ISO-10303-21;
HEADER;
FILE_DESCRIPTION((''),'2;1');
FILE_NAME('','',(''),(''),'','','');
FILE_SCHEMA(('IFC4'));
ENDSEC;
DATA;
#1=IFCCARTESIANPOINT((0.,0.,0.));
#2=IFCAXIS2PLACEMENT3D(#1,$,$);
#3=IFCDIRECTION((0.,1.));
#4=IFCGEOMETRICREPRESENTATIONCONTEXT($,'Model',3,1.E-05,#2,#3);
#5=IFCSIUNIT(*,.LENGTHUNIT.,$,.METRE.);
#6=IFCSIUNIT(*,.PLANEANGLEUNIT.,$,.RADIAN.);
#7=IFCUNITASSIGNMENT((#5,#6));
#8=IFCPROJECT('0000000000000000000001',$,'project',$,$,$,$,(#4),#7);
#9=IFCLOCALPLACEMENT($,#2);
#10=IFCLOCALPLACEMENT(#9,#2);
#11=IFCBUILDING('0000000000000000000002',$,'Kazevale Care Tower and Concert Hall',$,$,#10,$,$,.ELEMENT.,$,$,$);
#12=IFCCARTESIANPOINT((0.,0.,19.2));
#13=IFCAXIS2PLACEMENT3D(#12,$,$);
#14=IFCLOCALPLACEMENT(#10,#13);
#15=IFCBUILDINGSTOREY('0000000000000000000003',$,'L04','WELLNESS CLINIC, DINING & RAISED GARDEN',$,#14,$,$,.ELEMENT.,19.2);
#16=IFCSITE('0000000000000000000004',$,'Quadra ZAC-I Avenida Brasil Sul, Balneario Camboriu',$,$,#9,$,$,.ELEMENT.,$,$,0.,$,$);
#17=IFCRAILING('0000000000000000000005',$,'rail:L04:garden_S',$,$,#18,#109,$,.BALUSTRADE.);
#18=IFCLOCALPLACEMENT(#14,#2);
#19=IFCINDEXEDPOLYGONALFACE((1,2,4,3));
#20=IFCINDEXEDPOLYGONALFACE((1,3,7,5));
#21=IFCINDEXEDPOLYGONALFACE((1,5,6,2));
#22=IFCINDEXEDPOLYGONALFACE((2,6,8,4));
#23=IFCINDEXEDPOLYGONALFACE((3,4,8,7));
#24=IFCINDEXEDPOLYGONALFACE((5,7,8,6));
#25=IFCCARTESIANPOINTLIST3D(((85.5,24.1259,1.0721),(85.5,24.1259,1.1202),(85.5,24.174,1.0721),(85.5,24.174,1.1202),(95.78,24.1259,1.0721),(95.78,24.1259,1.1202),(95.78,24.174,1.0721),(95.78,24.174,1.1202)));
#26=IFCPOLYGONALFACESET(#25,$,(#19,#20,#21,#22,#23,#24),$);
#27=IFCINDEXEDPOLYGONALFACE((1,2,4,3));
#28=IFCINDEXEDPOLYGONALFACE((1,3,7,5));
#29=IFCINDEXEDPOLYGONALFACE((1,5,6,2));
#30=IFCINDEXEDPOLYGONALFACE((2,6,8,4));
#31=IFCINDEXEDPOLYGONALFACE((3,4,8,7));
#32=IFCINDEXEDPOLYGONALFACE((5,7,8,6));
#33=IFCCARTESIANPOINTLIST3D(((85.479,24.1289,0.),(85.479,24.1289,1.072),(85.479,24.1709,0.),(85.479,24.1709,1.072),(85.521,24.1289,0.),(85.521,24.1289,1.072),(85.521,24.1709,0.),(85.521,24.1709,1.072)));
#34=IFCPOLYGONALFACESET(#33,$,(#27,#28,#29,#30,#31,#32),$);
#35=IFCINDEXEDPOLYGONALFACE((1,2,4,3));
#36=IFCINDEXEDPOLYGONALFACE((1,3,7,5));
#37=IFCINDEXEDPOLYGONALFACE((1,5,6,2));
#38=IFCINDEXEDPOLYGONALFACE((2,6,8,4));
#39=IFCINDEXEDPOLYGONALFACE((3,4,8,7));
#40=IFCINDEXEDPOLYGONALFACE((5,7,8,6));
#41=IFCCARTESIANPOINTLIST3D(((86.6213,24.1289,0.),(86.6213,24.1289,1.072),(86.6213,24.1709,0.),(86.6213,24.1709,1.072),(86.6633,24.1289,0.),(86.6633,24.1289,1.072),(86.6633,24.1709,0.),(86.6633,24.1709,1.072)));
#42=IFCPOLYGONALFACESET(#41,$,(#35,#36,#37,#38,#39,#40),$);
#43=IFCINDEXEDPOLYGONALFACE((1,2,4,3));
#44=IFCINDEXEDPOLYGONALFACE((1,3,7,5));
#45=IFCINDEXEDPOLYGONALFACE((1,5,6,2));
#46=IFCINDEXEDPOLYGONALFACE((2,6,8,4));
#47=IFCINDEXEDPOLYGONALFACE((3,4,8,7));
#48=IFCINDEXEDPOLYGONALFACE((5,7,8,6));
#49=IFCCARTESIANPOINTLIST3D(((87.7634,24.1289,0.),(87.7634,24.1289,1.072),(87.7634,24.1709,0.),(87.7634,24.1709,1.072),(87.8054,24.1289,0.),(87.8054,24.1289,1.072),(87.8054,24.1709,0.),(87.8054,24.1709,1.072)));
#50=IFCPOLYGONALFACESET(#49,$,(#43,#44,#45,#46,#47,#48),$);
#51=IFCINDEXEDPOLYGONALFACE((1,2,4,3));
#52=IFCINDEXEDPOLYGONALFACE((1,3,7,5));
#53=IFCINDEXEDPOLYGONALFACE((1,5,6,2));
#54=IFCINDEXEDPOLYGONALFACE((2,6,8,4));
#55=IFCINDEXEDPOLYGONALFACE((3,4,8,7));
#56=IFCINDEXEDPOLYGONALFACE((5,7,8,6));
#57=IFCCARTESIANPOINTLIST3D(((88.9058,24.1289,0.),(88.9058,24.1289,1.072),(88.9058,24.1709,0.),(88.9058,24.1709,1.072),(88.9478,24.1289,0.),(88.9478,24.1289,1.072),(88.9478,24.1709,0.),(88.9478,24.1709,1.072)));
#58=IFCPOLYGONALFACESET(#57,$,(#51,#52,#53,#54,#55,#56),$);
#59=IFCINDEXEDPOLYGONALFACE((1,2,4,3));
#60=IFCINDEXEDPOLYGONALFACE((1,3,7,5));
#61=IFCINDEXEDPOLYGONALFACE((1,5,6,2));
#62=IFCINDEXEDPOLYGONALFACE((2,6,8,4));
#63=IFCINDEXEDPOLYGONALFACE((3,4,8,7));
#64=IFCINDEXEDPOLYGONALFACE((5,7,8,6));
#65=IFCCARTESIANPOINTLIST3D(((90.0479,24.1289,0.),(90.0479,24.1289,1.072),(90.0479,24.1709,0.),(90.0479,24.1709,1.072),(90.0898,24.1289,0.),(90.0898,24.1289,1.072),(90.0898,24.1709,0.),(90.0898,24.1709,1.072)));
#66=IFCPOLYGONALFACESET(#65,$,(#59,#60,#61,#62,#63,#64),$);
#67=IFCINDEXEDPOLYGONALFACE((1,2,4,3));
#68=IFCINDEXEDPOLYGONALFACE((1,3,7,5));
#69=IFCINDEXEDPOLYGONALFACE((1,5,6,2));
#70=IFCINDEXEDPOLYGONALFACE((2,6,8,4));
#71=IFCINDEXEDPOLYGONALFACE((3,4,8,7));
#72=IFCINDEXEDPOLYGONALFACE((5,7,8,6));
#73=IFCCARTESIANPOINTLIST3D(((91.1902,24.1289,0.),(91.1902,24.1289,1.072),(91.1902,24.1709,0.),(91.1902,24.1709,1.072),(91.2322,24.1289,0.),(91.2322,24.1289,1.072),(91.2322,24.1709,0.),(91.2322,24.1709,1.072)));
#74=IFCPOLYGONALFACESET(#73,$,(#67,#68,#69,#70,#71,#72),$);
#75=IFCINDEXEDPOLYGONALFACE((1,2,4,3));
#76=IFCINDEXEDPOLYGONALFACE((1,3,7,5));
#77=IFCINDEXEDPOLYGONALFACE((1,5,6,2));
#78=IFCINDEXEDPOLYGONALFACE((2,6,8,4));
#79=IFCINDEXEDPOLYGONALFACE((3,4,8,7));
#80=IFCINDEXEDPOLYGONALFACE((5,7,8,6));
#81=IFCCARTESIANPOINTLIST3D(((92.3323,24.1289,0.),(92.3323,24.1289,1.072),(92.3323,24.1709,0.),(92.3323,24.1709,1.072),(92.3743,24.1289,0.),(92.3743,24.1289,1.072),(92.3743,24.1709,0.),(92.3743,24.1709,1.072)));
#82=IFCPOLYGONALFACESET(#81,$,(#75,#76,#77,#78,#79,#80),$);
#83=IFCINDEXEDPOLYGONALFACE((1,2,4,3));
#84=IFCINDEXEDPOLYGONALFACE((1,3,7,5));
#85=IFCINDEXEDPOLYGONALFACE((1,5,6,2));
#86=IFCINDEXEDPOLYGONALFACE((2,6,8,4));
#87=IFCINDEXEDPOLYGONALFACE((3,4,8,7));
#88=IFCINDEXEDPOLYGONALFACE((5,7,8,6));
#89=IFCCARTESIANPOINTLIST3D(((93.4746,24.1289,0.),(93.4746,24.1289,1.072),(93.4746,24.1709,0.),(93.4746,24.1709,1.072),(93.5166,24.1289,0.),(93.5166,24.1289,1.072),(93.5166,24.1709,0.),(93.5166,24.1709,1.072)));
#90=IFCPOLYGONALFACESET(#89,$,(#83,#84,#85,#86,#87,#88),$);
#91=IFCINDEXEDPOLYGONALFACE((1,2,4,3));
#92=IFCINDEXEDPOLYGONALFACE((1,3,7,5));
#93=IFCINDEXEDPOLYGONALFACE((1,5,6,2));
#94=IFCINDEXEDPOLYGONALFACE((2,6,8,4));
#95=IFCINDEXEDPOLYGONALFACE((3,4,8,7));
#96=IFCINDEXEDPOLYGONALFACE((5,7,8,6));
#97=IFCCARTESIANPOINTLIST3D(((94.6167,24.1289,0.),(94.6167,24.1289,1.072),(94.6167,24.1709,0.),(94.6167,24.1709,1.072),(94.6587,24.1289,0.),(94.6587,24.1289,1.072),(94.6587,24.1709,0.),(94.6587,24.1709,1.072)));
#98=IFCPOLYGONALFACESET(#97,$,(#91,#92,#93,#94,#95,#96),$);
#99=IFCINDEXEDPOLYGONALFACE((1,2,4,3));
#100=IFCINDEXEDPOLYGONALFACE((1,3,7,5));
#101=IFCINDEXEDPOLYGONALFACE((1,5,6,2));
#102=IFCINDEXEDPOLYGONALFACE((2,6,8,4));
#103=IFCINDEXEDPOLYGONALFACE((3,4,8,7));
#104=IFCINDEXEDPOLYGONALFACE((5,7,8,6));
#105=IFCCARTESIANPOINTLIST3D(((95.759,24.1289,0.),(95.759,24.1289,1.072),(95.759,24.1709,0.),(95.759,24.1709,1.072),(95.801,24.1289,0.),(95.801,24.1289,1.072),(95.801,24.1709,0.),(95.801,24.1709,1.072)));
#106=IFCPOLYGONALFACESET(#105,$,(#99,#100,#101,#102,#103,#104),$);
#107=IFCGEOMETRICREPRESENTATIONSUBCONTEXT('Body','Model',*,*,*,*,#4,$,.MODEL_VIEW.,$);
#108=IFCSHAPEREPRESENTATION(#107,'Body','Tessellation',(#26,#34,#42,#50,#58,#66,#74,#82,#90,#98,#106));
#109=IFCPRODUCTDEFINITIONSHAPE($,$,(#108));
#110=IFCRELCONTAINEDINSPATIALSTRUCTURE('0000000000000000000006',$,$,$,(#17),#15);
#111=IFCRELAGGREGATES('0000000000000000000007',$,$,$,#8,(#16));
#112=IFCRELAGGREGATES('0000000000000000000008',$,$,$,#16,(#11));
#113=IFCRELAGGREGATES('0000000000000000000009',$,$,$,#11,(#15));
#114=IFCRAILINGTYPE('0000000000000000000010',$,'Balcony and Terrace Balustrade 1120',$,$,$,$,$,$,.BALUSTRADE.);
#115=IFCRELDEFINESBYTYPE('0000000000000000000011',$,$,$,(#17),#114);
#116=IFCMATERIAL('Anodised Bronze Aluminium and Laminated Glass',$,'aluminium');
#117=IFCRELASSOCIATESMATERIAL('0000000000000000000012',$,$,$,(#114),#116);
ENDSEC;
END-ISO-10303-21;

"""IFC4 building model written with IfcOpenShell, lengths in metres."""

from ifc_helpers import new_model, si_unit, direction, frame, origin, origin_2d, place, context, subcontext, project, spatial, rectangle, extrude, material, type_object, element, save


model = new_model("IFC4")

# Units and contexts
model_context = context("Model", 3, precision=1e-05, world=origin(), true_north=direction((0.0, 1.0)))
body_context = subcontext(model_context, "Body", "Model", "MODEL_VIEW")
ifc_project = project(units=[si_unit("LENGTHUNIT", "METRE"), si_unit("PLANEANGLEUNIT", "RADIAN")], contexts=[model_context])

# Site, building, storey
site_placement = place(None, origin())
site = spatial("IfcSite", under=ifc_project, at=site_placement, Name="Quadra ZAC-I Avenida Brasil Sul, Balneario Camboriu", CompositionType="ELEMENT", RefElevation=0.0)
building_placement = place(site_placement, origin())
building = spatial("IfcBuilding", under=site, at=building_placement, Name="Kazevale Care Tower and Concert Hall", CompositionType="ELEMENT")
storey_placement = place(building_placement, frame((0.0, 0.0, 19.2)))
storey = spatial("IfcBuildingStorey", under=building, at=storey_placement, Name="L04", Description="WELLNESS CLINIC, DINING & RAISED GARDEN", CompositionType="ELEMENT", Elevation=19.2)

# Railing
ifc_material_1 = material(Name="Anodised Bronze Aluminium and Laminated Glass", Category="aluminium")
railing_type_1 = type_object("IfcRailingType", Name="Balcony and Terrace Balustrade 1120", PredefinedType="BALUSTRADE", material=ifc_material_1)
railing_1_placement = place(storey_placement, frame((85.5, 24.1499, 0.0)))
element("IfcRailing", 1, at=railing_1_placement, inside=storey, type_object=railing_type_1, Name="rail:L04:garden_S", PredefinedType="BALUSTRADE", context=body_context, shape_type="SweptSolid", body=[
    extrude(rectangle(XDim=0.0481, YDim=0.0481, at=origin_2d()), frame((0.0, 0.0, 1.0962), z_axis=(1.0, 0.0, 0.0), x_axis=(0.0, 1.0, 0.0)), (0.0, 0.0, 1.0), 10.28),
    extrude(rectangle(XDim=0.042, YDim=0.042, at=origin_2d()), origin(), (0.0, 0.0, 1.0), 1.072),
    extrude(rectangle(XDim=0.042, YDim=0.042, at=origin_2d()), frame((1.1423, 0.0, 0.0)), (0.0, 0.0, 1.0), 1.072),
    extrude(rectangle(XDim=0.042, YDim=0.042, at=origin_2d()), frame((2.2844, 0.0, 0.0)), (0.0, 0.0, 1.0), 1.072),
    extrude(rectangle(XDim=0.042, YDim=0.042, at=origin_2d()), frame((3.4268, 0.0, 0.0)), (0.0, 0.0, 1.0), 1.072),
    extrude(rectangle(XDim=0.042, YDim=0.042, at=origin_2d()), frame((4.5688, 0.0, 0.0)), (0.0, 0.0, 1.0), 1.072),
    extrude(rectangle(XDim=0.042, YDim=0.042, at=origin_2d()), frame((5.7112, 0.0, 0.0)), (0.0, 0.0, 1.0), 1.072),
    extrude(rectangle(XDim=0.042, YDim=0.042, at=origin_2d()), frame((6.8533, 0.0, 0.0)), (0.0, 0.0, 1.0), 1.072),
    extrude(rectangle(XDim=0.042, YDim=0.042, at=origin_2d()), frame((7.9956, 0.0, 0.0)), (0.0, 0.0, 1.0), 1.072),
    extrude(rectangle(XDim=0.042, YDim=0.042, at=origin_2d()), frame((9.1377, 0.0, 0.0)), (0.0, 0.0, 1.0), 1.072),
    extrude(rectangle(XDim=0.042, YDim=0.042, at=origin_2d()), frame((10.28, 0.0, 0.0)), (0.0, 0.0, 1.0), 1.072),
])

save(model, "model.ifc")
